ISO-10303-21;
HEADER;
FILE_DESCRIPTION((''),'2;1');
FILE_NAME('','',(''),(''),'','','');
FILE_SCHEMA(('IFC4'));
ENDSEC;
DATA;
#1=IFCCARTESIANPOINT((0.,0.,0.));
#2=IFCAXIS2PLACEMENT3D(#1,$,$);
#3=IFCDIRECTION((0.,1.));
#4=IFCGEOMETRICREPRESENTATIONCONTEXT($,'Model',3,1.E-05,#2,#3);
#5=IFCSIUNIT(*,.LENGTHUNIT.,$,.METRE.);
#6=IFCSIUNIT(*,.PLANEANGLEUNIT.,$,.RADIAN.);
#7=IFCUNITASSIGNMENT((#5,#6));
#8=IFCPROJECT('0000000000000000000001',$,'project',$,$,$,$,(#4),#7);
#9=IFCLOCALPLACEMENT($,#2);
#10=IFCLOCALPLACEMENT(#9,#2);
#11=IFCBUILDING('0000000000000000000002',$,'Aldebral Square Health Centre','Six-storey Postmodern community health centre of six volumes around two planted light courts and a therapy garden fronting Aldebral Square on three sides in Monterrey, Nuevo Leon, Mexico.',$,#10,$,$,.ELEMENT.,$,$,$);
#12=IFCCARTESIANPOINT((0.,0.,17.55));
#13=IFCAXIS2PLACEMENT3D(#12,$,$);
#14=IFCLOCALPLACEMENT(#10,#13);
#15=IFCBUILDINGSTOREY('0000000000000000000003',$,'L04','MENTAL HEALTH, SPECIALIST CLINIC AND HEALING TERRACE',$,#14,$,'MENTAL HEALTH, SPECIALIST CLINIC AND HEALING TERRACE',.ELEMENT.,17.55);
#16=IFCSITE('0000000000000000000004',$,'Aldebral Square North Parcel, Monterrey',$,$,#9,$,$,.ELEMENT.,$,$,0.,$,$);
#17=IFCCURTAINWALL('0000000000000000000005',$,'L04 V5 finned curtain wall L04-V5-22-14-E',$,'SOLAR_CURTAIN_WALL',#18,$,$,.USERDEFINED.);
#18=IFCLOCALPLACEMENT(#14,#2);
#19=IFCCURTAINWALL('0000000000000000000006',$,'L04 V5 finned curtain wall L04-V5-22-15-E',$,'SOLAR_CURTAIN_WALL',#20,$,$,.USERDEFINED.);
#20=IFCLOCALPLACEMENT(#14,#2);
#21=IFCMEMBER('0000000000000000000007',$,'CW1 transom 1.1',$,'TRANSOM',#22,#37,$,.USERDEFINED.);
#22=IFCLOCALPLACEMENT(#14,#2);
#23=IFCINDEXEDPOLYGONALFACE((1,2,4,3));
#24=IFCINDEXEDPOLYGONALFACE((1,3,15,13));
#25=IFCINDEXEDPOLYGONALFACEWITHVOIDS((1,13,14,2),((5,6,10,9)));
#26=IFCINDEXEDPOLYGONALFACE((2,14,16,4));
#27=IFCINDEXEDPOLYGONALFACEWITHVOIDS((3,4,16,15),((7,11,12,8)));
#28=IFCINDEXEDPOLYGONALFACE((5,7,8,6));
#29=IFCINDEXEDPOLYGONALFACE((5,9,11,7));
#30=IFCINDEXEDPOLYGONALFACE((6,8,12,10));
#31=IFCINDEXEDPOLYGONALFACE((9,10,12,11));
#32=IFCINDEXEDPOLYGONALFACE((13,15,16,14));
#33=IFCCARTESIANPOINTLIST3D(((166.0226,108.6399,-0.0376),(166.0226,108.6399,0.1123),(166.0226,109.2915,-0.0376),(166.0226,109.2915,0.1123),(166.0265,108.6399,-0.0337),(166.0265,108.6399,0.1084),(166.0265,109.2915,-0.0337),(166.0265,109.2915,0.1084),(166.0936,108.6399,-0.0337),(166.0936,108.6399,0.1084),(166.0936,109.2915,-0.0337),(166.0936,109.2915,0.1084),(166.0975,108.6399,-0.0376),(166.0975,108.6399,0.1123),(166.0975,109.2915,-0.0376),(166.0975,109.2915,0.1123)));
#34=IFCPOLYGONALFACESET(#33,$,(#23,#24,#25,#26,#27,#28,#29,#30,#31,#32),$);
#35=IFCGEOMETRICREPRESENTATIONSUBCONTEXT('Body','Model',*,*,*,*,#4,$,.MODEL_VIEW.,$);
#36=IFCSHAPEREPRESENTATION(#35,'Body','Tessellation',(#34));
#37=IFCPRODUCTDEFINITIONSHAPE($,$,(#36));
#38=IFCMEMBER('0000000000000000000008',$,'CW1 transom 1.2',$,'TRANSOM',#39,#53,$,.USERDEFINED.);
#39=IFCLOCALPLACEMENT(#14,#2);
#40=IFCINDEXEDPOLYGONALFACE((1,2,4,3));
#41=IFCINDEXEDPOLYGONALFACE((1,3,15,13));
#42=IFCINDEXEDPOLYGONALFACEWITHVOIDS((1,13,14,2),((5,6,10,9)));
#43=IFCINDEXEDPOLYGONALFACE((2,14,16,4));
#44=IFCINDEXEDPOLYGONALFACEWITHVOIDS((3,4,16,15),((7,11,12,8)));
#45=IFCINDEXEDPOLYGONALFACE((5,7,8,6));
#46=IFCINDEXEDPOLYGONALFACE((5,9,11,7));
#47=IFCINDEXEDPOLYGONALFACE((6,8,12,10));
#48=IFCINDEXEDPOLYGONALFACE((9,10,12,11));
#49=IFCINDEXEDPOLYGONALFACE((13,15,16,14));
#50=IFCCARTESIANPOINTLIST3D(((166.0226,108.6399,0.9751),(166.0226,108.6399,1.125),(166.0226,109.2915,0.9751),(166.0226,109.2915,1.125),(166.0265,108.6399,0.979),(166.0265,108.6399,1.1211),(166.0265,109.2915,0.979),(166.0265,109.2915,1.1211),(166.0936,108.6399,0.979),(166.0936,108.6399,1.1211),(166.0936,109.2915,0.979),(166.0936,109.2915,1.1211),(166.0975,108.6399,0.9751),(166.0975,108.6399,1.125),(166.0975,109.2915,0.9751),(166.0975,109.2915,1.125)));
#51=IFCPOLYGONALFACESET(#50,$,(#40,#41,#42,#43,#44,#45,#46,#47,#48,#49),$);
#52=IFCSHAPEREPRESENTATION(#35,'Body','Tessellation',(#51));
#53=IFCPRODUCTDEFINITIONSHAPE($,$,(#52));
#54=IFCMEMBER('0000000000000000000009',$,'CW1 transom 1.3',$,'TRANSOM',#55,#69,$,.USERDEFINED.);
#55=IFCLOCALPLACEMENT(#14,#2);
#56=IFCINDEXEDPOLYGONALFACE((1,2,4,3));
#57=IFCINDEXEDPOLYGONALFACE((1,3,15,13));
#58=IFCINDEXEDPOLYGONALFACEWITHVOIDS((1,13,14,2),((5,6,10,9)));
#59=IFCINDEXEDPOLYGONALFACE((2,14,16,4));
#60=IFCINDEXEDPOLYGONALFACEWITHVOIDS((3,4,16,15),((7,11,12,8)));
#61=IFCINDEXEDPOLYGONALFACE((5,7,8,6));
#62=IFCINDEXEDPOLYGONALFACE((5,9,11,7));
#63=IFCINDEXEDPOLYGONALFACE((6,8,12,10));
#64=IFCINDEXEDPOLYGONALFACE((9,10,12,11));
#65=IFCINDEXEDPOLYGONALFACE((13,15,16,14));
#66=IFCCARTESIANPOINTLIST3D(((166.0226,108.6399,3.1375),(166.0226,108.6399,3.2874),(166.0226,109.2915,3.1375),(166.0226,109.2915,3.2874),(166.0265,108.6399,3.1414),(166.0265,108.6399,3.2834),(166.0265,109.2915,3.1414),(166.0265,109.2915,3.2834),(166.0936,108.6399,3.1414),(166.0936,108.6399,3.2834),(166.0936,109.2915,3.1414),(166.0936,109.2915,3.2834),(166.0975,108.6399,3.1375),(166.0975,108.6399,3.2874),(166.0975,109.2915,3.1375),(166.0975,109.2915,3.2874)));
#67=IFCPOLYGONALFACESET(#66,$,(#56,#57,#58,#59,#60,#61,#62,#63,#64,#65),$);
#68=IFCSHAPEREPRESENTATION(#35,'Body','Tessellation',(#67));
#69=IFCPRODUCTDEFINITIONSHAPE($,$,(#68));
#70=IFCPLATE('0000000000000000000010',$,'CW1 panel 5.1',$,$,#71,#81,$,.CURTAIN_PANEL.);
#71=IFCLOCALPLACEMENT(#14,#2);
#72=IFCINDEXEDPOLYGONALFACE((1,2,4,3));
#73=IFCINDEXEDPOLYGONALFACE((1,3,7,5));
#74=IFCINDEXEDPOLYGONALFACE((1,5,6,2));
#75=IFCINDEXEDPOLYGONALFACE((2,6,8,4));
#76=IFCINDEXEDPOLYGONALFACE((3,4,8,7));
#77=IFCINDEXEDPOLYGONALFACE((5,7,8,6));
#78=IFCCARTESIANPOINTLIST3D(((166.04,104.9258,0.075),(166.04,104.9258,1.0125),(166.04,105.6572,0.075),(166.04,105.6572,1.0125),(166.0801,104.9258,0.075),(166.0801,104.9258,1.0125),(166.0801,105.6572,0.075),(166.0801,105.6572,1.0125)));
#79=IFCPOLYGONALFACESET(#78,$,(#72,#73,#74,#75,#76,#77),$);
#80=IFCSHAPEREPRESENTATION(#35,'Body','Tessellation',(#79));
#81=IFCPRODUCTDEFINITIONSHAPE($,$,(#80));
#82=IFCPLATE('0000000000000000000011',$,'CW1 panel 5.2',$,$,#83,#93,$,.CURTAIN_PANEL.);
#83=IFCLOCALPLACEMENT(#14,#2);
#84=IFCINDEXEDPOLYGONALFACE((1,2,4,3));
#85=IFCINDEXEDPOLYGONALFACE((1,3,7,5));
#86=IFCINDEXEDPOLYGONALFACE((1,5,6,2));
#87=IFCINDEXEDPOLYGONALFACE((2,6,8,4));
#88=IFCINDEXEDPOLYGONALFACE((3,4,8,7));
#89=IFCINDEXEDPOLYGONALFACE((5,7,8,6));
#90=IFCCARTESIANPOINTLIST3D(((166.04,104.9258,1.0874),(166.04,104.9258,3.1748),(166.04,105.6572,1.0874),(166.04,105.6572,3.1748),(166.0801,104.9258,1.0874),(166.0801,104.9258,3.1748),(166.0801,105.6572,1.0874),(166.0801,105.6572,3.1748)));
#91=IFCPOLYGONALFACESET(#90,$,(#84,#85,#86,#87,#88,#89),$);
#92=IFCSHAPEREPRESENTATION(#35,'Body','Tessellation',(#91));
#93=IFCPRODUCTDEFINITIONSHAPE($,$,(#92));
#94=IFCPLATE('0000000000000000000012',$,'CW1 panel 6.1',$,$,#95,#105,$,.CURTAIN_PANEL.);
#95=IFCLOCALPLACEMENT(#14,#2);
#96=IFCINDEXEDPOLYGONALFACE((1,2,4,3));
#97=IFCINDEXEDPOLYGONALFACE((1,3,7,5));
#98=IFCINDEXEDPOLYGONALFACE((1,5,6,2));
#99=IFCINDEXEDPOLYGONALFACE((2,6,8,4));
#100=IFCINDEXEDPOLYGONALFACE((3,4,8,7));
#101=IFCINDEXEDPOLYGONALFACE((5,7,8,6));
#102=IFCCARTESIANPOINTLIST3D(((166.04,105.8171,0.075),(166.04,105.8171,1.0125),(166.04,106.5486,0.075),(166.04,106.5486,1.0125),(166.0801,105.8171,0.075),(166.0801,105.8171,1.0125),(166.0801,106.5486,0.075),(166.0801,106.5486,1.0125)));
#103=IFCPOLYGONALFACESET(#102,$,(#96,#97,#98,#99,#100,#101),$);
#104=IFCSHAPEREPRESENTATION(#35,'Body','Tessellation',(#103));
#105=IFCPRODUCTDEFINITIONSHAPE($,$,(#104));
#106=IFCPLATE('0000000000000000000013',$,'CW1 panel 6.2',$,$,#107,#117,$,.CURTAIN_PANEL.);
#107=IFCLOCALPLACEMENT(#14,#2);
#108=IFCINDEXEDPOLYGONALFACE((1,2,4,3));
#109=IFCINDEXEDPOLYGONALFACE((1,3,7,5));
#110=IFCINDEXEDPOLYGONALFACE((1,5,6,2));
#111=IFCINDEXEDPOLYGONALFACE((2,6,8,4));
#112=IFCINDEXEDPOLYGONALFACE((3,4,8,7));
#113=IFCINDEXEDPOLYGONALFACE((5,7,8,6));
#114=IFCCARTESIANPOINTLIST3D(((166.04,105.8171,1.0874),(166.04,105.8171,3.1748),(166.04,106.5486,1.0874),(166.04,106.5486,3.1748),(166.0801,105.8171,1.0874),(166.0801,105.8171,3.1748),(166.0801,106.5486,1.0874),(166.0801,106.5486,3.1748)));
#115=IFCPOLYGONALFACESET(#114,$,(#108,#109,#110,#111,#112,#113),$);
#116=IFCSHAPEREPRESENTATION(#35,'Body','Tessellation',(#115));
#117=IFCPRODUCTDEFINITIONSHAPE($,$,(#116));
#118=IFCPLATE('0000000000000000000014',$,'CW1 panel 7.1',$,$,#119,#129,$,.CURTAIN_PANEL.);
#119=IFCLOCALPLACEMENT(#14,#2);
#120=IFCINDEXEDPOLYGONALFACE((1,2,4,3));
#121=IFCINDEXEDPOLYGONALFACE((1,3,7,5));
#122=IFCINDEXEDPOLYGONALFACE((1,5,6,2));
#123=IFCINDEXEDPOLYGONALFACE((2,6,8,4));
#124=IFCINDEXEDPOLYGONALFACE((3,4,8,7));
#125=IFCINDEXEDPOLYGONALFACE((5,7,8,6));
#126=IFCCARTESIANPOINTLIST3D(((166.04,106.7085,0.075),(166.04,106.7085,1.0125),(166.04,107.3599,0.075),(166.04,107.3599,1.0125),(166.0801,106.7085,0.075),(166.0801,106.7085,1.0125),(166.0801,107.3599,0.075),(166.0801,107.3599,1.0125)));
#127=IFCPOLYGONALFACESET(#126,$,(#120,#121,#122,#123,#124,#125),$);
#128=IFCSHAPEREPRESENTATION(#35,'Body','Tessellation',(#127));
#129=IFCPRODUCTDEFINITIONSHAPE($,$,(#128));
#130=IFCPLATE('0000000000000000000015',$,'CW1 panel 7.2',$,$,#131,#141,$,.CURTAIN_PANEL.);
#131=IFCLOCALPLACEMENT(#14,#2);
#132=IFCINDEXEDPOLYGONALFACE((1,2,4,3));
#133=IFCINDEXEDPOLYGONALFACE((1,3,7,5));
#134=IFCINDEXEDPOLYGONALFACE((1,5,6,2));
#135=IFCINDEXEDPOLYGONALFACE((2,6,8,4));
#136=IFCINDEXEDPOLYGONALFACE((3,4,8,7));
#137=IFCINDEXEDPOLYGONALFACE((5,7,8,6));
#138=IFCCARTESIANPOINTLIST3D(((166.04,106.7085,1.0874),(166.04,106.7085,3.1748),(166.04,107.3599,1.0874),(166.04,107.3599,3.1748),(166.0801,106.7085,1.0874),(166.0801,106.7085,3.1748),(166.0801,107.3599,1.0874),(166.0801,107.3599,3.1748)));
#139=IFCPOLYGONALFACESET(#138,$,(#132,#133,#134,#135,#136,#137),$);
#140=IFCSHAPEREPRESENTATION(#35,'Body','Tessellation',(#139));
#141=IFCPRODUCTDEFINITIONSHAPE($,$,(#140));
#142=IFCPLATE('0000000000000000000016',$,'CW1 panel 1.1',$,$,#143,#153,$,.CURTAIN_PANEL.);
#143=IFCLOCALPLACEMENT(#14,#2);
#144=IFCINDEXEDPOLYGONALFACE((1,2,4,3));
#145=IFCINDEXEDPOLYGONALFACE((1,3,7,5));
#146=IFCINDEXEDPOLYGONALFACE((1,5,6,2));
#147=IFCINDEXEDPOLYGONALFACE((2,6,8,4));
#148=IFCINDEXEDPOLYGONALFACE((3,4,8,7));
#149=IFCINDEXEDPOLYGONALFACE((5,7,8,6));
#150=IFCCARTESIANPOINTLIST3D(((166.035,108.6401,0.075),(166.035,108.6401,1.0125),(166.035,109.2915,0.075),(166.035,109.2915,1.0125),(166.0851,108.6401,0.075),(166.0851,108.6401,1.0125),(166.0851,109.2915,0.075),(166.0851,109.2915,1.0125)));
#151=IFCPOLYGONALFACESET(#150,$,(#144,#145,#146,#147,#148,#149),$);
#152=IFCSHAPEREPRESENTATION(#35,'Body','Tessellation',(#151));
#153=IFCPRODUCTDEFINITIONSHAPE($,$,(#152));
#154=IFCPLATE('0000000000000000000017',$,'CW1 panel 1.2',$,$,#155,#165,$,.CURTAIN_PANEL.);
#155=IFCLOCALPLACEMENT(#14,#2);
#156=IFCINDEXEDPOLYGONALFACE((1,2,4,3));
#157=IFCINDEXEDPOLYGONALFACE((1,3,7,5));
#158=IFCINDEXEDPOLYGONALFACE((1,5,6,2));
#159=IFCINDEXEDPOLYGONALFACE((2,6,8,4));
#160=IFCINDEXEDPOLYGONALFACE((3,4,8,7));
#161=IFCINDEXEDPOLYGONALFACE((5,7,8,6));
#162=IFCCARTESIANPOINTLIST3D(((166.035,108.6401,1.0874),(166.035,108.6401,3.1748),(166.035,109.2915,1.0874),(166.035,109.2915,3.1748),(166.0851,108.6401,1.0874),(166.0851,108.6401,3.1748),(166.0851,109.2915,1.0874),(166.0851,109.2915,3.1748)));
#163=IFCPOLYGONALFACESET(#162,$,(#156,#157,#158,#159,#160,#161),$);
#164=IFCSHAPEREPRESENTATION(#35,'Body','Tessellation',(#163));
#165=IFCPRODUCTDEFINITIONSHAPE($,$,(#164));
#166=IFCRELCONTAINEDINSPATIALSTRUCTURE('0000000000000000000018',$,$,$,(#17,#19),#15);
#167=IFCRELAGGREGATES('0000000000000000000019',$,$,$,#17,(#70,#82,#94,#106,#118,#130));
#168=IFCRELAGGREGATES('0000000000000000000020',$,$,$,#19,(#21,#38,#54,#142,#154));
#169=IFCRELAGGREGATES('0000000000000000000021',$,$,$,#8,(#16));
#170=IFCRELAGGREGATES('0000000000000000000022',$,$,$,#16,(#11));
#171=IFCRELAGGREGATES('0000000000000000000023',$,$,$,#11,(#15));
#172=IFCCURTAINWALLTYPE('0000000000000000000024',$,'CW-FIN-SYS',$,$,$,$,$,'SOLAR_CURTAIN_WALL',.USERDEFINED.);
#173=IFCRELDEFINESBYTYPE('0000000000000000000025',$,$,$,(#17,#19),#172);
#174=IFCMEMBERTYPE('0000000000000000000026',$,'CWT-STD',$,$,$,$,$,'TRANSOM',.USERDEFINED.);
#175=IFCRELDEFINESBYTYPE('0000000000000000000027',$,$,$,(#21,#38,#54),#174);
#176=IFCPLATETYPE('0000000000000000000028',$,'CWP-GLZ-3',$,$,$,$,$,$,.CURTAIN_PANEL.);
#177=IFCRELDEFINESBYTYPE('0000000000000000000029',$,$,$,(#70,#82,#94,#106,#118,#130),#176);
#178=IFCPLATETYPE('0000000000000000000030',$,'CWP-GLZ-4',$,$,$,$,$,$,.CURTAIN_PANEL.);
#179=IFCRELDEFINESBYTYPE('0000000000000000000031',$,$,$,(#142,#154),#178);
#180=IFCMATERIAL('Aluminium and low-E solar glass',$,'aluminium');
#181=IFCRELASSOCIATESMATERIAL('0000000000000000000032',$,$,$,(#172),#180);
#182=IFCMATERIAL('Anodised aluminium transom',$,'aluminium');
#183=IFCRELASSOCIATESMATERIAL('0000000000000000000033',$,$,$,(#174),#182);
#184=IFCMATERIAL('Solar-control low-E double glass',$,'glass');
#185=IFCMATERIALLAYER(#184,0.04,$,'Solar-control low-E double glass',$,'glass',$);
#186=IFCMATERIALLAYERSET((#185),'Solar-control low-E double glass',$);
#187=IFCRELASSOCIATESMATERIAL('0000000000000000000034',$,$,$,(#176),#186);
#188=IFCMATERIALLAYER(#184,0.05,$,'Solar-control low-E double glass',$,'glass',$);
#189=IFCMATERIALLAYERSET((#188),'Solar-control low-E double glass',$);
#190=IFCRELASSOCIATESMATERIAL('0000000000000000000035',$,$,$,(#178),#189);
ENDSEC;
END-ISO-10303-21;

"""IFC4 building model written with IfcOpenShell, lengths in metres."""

from ifc_helpers import new_model, si_unit, direction, frame, origin, origin_2d, place, context, subcontext, project, spatial, rectangle, hollow_rectangle, extrude, material, layer, layer_set, material_profile, profile_set, type_object, element, aggregate, save


model = new_model("IFC4")

# Units and contexts
model_context = context("Model", 3, precision=1e-05, world=origin(), true_north=direction((0.0, 1.0)))
body_context = subcontext(model_context, "Body", "Model", "MODEL_VIEW")
ifc_project = project(units=[si_unit("LENGTHUNIT", "METRE"), si_unit("PLANEANGLEUNIT", "RADIAN")], contexts=[model_context])

# Site, building, storey
site_placement = place(None, origin())
site = spatial("IfcSite", under=ifc_project, at=site_placement, Name="Aldebral Square North Parcel, Monterrey", CompositionType="ELEMENT", RefElevation=0.0)
building_placement = place(site_placement, origin())
building = spatial("IfcBuilding", under=site, at=building_placement, Name="Aldebral Square Health Centre", Description="Six-storey Postmodern community health centre of six volumes around two planted light courts and a therapy garden fronting Aldebral Square on three sides in Monterrey, Nuevo Leon, Mexico.", CompositionType="ELEMENT")
storey_placement = place(building_placement, frame((0.0, 0.0, 17.55)))
storey = spatial("IfcBuildingStorey", under=building, at=storey_placement, Name="L04", Description="MENTAL HEALTH, SPECIALIST CLINIC AND HEALING TERRACE", LongName="MENTAL HEALTH, SPECIALIST CLINIC AND HEALING TERRACE", CompositionType="ELEMENT", Elevation=17.55)

# Curtain walls
ifc_material_1 = material(Name="Aluminium and low-E solar glass", Category="aluminium")
curtain_wall_type = type_object("IfcCurtainWallType", Name="CW-FIN-SYS", ElementType="SOLAR_CURTAIN_WALL", PredefinedType="USERDEFINED", material=ifc_material_1)
curtain_wall_1_placement = place(storey_placement, origin())
curtain_wall_1 = element("IfcCurtainWall", 1, at=curtain_wall_1_placement, inside=storey, type_object=curtain_wall_type, Name="L04 V5 finned curtain wall L04-V5-22-14-E", ObjectType="SOLAR_CURTAIN_WALL", PredefinedType="USERDEFINED")
curtain_wall_2_placement = place(storey_placement, origin())
curtain_wall_2 = element("IfcCurtainWall", 2, at=curtain_wall_2_placement, inside=storey, type_object=curtain_wall_type, Name="L04 V5 finned curtain wall L04-V5-22-15-E", ObjectType="SOLAR_CURTAIN_WALL", PredefinedType="USERDEFINED")

# Members
ifc_material_2 = material(Name="Anodised aluminium transom", Category="aluminium")
ifc_material_profile_1 = material_profile(ifc_material_2, hollow_rectangle(XDim=0.075, YDim=0.1499, WallThickness=0.0039, at=origin_2d()), Name="CWT 75x150x4")
ifc_profile_set_1 = profile_set([ifc_material_profile_1], Name="Anodised aluminium transom")
member_type_1 = type_object("IfcMemberType", Name="CWT-STD", ElementType="TRANSOM", PredefinedType="USERDEFINED", material=ifc_profile_set_1)
member_1_placement = place(storey_placement, frame((166.0601, 108.6399, 0.0374), z_axis=(0.0, 1.0, 0.0), x_axis=(-1.0, 0.0, 0.0)))
member_1 = element("IfcMember", 3, at=member_1_placement, type_object=member_type_1, Name="CW1 transom 1.1", ObjectType="TRANSOM", PredefinedType="USERDEFINED", context=body_context, shape_type="SweptSolid", body=[
    extrude(hollow_rectangle(XDim=0.075, YDim=0.1499, WallThickness=0.0039, at=origin_2d()), origin(), (0.0, 0.0, 1.0), 0.6516),
])
member_2_placement = place(storey_placement, frame((166.0601, 108.6399, 1.05), z_axis=(0.0, 1.0, 0.0), x_axis=(-1.0, 0.0, 0.0)))
member_2 = element("IfcMember", 4, at=member_2_placement, type_object=member_type_1, Name="CW1 transom 1.2", ObjectType="TRANSOM", PredefinedType="USERDEFINED", context=body_context, shape_type="SweptSolid", body=[
    extrude(hollow_rectangle(XDim=0.075, YDim=0.1499, WallThickness=0.0039, at=origin_2d()), origin(), (0.0, 0.0, 1.0), 0.6516),
])
member_3_placement = place(storey_placement, frame((166.0601, 108.6399, 3.2124), z_axis=(0.0, 1.0, 0.0), x_axis=(-1.0, 0.0, 0.0)))
member_3 = element("IfcMember", 5, at=member_3_placement, type_object=member_type_1, Name="CW1 transom 1.3", ObjectType="TRANSOM", PredefinedType="USERDEFINED", context=body_context, shape_type="SweptSolid", body=[
    extrude(hollow_rectangle(XDim=0.075, YDim=0.1499, WallThickness=0.0039, at=origin_2d()), origin(), (0.0, 0.0, 1.0), 0.6516),
])

# Plates
ifc_material_3 = material(Name="Solar-control low-E double glass", Category="glass")
ifc_layer_1 = layer(ifc_material_3, 0.04, Name="Solar-control low-E double glass", Category="glass")
ifc_layer_set_1 = layer_set([ifc_layer_1], Name="Solar-control low-E double glass")
plate_type_1 = type_object("IfcPlateType", Name="CWP-GLZ-3", PredefinedType="CURTAIN_PANEL", material=ifc_layer_set_1)
plate_1_placement = place(storey_placement, frame((166.0601, 105.2915, 0.075), z_axis=(0.0, 0.0, 1.0), x_axis=(0.0, 1.0, 0.0)))
plate_1 = element("IfcPlate", 6, at=plate_1_placement, type_object=plate_type_1, Name="CW1 panel 5.1", PredefinedType="CURTAIN_PANEL", context=body_context, shape_type="SweptSolid", body=[
    extrude(rectangle(XDim=0.7314, YDim=0.04, at=origin_2d()), origin(), (0.0, 0.0, 1.0), 0.9375),
])
plate_2_placement = place(storey_placement, frame((166.0601, 105.2915, 1.0874), z_axis=(0.0, 0.0, 1.0), x_axis=(0.0, 1.0, 0.0)))
plate_2 = element("IfcPlate", 7, at=plate_2_placement, type_object=plate_type_1, Name="CW1 panel 5.2", PredefinedType="CURTAIN_PANEL", context=body_context, shape_type="SweptSolid", body=[
    extrude(rectangle(XDim=0.7314, YDim=0.04, at=origin_2d()), origin(), (0.0, 0.0, 1.0), 2.0874),
])
plate_3_placement = place(storey_placement, frame((166.0601, 106.1829, 0.075), z_axis=(0.0, 0.0, 1.0), x_axis=(0.0, 1.0, 0.0)))
plate_3 = element("IfcPlate", 8, at=plate_3_placement, type_object=plate_type_1, Name="CW1 panel 6.1", PredefinedType="CURTAIN_PANEL", context=body_context, shape_type="SweptSolid", body=[
    extrude(rectangle(XDim=0.7314, YDim=0.04, at=origin_2d()), origin(), (0.0, 0.0, 1.0), 0.9375),
])
plate_4_placement = place(storey_placement, frame((166.0601, 106.1829, 1.0874), z_axis=(0.0, 0.0, 1.0), x_axis=(0.0, 1.0, 0.0)))
plate_4 = element("IfcPlate", 9, at=plate_4_placement, type_object=plate_type_1, Name="CW1 panel 6.2", PredefinedType="CURTAIN_PANEL", context=body_context, shape_type="SweptSolid", body=[
    extrude(rectangle(XDim=0.7314, YDim=0.04, at=origin_2d()), origin(), (0.0, 0.0, 1.0), 2.0874),
])
plate_5_placement = place(storey_placement, frame((166.0601, 107.0342, 0.075), z_axis=(0.0, 0.0, 1.0), x_axis=(0.0, 1.0, 0.0)))
plate_5 = element("IfcPlate", 10, at=plate_5_placement, type_object=plate_type_1, Name="CW1 panel 7.1", PredefinedType="CURTAIN_PANEL", context=body_context, shape_type="SweptSolid", body=[
    extrude(rectangle(XDim=0.6514, YDim=0.04, at=origin_2d()), origin(), (0.0, 0.0, 1.0), 0.9375),
])
plate_6_placement = place(storey_placement, frame((166.0601, 107.0342, 1.0874), z_axis=(0.0, 0.0, 1.0), x_axis=(0.0, 1.0, 0.0)))
plate_6 = element("IfcPlate", 11, at=plate_6_placement, type_object=plate_type_1, Name="CW1 panel 7.2", PredefinedType="CURTAIN_PANEL", context=body_context, shape_type="SweptSolid", body=[
    extrude(rectangle(XDim=0.6514, YDim=0.04, at=origin_2d()), origin(), (0.0, 0.0, 1.0), 2.0874),
])
aggregate(curtain_wall_1, [plate_1, plate_2, plate_3, plate_4, plate_5, plate_6])
ifc_layer_2 = layer(ifc_material_3, 0.05, Name="Solar-control low-E double glass", Category="glass")
ifc_layer_set_2 = layer_set([ifc_layer_2], Name="Solar-control low-E double glass")
plate_type_2 = type_object("IfcPlateType", Name="CWP-GLZ-4", PredefinedType="CURTAIN_PANEL", material=ifc_layer_set_2)
plate_7_placement = place(storey_placement, frame((166.0601, 108.9658, 0.075), z_axis=(0.0, 0.0, 1.0), x_axis=(0.0, 1.0, 0.0)))
plate_7 = element("IfcPlate", 12, at=plate_7_placement, type_object=plate_type_2, Name="CW1 panel 1.1", PredefinedType="CURTAIN_PANEL", context=body_context, shape_type="SweptSolid", body=[
    extrude(rectangle(XDim=0.6514, YDim=0.05, at=origin_2d()), origin(), (0.0, 0.0, 1.0), 0.9375),
])
plate_8_placement = place(storey_placement, frame((166.0601, 108.9658, 1.0874), z_axis=(0.0, 0.0, 1.0), x_axis=(0.0, 1.0, 0.0)))
plate_8 = element("IfcPlate", 13, at=plate_8_placement, type_object=plate_type_2, Name="CW1 panel 1.2", PredefinedType="CURTAIN_PANEL", context=body_context, shape_type="SweptSolid", body=[
    extrude(rectangle(XDim=0.6514, YDim=0.05, at=origin_2d()), origin(), (0.0, 0.0, 1.0), 2.0874),
])
aggregate(curtain_wall_2, [member_1, member_2, member_3, plate_7, plate_8])

save(model, "model.ifc")
